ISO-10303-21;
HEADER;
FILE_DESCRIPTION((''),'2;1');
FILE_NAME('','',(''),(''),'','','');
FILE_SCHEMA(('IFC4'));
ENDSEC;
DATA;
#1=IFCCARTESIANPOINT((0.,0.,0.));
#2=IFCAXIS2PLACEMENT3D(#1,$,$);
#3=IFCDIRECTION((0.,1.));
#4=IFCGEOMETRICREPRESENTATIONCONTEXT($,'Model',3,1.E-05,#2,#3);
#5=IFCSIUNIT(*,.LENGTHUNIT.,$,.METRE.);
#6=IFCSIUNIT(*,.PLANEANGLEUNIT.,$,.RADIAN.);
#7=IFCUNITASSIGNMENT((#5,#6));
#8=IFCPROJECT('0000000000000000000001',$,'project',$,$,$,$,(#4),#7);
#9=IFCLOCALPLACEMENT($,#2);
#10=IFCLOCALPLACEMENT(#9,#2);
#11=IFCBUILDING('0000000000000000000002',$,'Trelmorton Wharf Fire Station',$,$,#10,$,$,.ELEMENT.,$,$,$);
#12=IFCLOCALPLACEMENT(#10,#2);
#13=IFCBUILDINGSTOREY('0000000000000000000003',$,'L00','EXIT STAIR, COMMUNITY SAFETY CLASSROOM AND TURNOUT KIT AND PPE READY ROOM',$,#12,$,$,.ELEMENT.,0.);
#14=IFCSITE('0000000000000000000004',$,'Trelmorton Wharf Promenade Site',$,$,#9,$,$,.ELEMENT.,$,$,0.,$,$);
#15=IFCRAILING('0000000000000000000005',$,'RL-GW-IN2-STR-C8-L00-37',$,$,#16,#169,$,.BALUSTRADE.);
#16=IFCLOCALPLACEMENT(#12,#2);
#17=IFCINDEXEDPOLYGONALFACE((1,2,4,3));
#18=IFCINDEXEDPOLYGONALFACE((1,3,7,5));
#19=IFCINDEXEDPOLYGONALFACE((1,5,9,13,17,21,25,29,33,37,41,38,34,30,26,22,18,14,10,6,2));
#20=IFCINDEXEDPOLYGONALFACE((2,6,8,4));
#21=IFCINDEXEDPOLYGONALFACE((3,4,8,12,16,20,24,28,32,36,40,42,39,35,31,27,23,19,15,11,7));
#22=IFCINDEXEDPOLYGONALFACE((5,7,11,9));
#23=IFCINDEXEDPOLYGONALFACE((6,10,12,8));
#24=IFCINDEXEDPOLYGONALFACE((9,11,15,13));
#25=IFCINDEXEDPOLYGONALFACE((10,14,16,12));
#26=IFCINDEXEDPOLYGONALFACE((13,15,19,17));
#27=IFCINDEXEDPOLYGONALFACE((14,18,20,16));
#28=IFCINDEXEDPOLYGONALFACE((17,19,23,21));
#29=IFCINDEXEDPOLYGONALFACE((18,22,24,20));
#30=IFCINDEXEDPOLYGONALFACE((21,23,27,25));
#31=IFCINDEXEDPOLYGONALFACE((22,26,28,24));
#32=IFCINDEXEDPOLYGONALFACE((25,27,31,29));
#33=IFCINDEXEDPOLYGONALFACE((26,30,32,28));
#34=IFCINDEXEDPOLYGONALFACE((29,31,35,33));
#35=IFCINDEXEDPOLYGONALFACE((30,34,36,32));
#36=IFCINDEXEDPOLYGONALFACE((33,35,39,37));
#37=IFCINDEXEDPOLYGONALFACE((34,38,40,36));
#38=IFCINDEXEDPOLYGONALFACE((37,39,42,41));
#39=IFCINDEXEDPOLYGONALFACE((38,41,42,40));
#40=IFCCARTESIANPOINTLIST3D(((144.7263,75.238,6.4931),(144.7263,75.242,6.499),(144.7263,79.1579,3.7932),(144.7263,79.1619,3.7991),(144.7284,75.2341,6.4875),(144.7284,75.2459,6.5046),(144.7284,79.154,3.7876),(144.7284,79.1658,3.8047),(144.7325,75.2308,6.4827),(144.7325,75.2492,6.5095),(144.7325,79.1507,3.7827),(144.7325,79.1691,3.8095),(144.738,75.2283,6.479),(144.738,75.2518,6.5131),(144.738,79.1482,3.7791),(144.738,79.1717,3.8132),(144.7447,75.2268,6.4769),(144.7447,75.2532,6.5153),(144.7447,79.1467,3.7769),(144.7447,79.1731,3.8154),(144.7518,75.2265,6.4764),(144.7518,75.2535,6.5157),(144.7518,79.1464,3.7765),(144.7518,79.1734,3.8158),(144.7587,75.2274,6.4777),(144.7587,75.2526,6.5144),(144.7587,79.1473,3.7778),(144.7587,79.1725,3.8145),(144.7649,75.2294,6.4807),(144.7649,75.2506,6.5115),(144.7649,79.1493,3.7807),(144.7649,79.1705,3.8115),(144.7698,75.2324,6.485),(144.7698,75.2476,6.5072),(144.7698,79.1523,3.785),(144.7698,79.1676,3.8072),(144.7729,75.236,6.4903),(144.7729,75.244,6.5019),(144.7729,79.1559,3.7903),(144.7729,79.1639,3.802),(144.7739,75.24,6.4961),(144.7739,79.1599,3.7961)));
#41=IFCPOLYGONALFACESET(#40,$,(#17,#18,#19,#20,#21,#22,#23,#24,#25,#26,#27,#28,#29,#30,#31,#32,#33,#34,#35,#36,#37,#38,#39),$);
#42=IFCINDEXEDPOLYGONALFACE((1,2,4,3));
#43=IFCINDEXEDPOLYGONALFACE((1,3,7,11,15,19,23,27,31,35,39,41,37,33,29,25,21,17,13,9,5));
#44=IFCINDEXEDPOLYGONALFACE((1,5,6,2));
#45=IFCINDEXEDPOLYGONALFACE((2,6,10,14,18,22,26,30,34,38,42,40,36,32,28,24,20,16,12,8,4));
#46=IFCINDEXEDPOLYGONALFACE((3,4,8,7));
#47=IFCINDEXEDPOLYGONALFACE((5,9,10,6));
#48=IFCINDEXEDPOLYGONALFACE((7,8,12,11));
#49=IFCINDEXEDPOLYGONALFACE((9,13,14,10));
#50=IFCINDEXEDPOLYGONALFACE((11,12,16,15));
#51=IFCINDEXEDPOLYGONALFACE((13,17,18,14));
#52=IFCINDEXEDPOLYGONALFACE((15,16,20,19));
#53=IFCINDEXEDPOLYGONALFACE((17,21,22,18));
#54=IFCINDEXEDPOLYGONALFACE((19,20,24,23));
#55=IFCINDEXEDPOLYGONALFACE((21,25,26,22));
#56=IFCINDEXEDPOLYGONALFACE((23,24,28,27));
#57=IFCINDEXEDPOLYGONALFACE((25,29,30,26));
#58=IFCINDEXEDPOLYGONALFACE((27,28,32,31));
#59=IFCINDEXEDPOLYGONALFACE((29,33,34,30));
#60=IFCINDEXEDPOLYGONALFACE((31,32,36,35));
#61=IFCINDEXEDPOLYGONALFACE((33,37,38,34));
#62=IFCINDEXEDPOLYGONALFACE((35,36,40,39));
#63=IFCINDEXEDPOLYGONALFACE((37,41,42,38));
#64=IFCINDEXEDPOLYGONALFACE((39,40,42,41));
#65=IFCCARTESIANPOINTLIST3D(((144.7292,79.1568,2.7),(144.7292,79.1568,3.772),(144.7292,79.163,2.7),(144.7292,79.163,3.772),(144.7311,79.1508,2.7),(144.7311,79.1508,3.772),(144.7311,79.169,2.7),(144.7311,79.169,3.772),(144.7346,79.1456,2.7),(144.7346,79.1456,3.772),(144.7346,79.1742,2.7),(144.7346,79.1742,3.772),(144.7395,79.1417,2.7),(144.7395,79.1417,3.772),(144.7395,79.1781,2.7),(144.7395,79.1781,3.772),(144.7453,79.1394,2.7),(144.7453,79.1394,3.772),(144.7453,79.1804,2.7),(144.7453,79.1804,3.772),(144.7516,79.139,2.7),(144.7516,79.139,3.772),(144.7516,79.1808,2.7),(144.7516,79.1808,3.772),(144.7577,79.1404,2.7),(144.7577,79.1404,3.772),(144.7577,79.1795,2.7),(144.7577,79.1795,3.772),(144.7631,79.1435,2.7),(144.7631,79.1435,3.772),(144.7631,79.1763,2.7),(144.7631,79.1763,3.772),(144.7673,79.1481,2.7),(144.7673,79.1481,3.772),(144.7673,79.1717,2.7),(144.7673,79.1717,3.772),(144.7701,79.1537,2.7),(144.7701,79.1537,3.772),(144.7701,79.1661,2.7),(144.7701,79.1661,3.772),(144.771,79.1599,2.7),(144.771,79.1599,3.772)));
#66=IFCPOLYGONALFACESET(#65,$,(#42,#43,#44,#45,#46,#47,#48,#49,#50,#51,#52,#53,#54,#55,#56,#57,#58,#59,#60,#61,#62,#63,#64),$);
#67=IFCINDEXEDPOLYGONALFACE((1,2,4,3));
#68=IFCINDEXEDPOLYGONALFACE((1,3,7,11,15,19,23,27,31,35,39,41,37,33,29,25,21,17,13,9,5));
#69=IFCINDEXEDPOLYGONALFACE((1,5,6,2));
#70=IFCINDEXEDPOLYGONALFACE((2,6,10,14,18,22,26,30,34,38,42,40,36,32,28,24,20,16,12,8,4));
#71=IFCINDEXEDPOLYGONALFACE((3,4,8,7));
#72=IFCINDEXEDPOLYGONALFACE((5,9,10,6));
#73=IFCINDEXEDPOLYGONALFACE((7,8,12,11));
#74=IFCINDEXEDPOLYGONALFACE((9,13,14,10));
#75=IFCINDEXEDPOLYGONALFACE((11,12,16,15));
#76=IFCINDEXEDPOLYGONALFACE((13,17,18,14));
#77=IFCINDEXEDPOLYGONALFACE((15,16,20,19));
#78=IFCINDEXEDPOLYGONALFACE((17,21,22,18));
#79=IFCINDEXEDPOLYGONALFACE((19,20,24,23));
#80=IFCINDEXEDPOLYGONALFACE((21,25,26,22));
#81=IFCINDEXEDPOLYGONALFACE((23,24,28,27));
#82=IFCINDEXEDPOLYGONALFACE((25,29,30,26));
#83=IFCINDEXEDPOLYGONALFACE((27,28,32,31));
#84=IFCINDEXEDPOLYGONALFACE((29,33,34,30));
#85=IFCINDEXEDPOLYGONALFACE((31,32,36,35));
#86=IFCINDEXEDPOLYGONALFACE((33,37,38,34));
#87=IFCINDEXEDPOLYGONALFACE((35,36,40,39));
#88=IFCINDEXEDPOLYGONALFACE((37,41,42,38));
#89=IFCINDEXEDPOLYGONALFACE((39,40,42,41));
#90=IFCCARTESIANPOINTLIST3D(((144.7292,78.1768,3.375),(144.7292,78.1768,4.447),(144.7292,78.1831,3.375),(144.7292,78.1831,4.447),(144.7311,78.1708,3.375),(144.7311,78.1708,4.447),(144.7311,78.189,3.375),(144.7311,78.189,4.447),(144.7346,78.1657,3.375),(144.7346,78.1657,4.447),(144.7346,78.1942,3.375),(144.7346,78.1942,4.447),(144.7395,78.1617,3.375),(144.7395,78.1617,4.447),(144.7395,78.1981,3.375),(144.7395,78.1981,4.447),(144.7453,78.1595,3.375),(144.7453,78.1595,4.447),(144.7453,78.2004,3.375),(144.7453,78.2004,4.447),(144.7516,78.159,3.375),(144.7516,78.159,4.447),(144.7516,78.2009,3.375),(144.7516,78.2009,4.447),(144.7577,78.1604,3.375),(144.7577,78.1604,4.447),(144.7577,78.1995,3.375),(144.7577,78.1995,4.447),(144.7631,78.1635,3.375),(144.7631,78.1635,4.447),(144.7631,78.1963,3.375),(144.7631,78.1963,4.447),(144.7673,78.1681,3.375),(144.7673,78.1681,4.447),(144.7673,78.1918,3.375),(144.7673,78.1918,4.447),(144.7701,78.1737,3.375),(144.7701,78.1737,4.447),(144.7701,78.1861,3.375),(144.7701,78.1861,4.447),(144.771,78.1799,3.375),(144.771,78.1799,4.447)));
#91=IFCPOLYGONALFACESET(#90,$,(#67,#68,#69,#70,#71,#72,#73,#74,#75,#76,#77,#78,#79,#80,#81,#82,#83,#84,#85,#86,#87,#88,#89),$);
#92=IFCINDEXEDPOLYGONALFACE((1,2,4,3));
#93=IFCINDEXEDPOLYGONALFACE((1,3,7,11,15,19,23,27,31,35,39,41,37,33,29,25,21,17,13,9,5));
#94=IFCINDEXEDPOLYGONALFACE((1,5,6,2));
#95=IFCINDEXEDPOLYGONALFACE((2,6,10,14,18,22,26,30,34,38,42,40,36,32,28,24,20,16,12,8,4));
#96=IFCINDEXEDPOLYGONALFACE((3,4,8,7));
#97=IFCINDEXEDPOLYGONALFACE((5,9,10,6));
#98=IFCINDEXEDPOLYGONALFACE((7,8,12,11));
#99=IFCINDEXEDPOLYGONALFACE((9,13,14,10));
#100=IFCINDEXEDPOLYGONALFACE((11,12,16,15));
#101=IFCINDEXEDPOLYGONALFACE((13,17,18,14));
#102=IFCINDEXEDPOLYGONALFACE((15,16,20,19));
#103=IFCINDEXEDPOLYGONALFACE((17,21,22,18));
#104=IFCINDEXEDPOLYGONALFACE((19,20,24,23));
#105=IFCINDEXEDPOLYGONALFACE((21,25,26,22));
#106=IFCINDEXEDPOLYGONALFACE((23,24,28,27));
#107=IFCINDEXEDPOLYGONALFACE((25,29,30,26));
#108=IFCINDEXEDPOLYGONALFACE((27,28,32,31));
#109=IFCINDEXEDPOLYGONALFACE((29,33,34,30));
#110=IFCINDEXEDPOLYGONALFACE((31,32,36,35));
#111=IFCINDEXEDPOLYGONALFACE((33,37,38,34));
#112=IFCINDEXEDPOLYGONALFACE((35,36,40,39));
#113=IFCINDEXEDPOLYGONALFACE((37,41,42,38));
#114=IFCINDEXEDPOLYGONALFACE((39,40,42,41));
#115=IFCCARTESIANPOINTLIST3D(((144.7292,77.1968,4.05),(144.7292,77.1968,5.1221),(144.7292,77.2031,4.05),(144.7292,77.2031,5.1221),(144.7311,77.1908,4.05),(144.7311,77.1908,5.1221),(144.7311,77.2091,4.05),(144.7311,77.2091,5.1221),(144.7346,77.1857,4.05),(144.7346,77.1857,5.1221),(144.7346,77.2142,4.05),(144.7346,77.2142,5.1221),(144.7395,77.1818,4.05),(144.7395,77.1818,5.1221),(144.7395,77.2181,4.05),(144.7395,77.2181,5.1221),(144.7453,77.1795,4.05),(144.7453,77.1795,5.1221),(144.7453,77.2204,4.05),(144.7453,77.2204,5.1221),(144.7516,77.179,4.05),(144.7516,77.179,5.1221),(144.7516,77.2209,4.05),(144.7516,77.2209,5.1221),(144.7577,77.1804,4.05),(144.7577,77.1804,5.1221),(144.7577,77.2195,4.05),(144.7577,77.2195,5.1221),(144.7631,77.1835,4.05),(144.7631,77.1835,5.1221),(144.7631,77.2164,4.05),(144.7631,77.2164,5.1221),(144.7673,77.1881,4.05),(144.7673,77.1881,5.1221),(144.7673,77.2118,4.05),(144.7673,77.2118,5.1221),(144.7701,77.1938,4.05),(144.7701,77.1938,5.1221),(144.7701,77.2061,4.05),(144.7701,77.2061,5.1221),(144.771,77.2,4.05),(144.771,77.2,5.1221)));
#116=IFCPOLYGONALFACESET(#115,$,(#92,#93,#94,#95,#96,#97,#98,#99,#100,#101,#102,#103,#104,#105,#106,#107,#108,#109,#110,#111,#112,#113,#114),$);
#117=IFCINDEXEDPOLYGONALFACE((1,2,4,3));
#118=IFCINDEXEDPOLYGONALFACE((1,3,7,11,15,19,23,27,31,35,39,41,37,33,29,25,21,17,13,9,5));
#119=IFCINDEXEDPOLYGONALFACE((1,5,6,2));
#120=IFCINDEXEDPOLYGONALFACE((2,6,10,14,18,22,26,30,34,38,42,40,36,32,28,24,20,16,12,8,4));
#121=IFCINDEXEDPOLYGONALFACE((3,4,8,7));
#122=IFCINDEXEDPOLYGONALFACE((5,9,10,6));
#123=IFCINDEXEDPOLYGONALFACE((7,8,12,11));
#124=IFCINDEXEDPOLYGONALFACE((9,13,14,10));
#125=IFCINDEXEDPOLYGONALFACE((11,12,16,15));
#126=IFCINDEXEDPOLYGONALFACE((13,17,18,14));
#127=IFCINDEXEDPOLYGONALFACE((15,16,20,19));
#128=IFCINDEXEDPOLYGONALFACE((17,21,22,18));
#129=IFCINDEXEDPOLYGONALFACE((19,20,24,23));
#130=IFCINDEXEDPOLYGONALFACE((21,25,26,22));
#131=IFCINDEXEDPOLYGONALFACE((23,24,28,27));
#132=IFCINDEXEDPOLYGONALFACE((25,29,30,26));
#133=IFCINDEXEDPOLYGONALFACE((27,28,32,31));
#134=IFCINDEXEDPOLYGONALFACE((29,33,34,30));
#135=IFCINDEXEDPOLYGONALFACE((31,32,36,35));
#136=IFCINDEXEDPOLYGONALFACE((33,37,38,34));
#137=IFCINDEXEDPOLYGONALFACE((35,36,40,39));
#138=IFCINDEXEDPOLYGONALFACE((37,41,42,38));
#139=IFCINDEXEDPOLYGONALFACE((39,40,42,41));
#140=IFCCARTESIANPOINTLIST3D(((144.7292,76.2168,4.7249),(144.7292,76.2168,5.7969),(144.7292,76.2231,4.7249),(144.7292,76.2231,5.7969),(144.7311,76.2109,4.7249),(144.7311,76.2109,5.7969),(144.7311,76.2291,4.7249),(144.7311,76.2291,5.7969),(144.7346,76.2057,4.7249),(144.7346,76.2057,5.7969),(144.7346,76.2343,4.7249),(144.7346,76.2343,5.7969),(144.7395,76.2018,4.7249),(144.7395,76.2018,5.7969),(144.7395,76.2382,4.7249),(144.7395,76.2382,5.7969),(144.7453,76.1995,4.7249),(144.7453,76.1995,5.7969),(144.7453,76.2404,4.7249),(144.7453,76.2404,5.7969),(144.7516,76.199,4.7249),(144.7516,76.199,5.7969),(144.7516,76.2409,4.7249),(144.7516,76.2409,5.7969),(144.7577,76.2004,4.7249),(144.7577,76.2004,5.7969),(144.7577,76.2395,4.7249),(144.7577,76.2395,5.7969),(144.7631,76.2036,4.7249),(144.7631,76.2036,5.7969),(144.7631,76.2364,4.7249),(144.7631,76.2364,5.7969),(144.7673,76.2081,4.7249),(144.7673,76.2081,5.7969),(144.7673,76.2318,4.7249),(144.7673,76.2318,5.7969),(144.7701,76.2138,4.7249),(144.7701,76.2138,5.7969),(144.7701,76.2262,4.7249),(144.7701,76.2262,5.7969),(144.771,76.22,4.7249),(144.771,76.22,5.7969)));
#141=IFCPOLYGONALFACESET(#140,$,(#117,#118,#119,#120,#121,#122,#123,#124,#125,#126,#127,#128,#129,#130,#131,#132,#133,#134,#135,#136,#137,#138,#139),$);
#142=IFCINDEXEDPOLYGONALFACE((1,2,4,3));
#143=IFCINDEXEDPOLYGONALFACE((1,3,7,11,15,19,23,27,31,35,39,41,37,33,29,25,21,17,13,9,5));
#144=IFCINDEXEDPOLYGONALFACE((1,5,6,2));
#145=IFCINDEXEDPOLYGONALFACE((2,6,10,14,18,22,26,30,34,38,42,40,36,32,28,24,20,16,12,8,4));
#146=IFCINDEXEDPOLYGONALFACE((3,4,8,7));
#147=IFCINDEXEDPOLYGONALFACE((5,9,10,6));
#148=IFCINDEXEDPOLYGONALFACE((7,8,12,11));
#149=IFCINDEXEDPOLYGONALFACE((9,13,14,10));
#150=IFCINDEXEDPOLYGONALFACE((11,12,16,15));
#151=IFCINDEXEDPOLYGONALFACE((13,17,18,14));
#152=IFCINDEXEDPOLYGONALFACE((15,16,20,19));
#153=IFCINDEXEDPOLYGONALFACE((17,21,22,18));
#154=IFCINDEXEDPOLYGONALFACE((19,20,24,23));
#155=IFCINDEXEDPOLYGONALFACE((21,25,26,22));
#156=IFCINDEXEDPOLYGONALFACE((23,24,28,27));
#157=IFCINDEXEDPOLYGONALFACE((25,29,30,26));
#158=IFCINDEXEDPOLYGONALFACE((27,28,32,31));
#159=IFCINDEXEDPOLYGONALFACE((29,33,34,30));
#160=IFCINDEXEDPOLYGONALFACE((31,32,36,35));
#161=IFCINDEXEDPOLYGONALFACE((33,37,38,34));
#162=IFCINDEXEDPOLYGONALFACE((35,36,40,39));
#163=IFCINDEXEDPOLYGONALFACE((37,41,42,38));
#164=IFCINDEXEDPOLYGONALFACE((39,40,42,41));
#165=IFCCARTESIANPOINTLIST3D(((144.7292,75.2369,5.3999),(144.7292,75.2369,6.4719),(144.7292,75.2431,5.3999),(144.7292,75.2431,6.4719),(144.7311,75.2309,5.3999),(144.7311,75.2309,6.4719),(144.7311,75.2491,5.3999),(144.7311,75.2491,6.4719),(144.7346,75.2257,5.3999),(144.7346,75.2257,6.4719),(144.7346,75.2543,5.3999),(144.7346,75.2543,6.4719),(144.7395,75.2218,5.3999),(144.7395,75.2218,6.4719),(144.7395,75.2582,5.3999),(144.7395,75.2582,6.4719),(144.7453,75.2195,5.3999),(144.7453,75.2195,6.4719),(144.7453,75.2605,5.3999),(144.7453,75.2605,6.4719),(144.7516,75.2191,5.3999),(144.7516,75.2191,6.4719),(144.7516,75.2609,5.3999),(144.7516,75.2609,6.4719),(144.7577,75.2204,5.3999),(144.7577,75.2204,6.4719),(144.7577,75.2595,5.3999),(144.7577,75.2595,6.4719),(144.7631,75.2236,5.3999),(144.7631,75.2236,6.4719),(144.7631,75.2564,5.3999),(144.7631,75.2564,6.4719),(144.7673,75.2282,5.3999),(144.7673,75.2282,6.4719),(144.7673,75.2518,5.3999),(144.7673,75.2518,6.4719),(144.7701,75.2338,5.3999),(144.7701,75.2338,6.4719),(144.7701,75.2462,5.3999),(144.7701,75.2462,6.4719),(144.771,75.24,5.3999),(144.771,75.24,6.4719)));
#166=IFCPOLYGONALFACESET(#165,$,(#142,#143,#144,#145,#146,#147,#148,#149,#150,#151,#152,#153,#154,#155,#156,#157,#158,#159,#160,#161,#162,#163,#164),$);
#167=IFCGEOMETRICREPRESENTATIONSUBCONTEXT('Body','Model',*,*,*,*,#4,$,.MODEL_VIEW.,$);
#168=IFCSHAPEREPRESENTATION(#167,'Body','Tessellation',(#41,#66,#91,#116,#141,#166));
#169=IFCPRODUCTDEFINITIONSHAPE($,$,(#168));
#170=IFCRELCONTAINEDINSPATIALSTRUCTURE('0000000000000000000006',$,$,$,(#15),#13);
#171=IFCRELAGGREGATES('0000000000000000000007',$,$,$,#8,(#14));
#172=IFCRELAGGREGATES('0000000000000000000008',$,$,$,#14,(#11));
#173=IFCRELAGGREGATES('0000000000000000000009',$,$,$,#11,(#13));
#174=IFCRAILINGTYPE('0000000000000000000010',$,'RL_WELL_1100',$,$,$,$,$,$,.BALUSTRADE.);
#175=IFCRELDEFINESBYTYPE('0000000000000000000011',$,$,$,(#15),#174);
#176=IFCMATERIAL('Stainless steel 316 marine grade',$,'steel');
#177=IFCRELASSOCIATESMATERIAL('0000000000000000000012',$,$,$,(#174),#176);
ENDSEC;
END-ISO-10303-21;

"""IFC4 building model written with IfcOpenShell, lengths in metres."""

from ifc_helpers import new_model, si_unit, direction, frame, origin, origin_2d, place, context, subcontext, project, spatial, circle, extrude, material, type_object, element, save


model = new_model("IFC4")

# Units and contexts
model_context = context("Model", 3, precision=1e-05, world=origin(), true_north=direction((0.0, 1.0)))
body_context = subcontext(model_context, "Body", "Model", "MODEL_VIEW")
ifc_project = project(units=[si_unit("LENGTHUNIT", "METRE"), si_unit("PLANEANGLEUNIT", "RADIAN")], contexts=[model_context])

# Site, building, storey
site_placement = place(None, origin())
site = spatial("IfcSite", under=ifc_project, at=site_placement, Name="Trelmorton Wharf Promenade Site", CompositionType="ELEMENT", RefElevation=0.0)
building_placement = place(site_placement, origin())
building = spatial("IfcBuilding", under=site, at=building_placement, Name="Trelmorton Wharf Fire Station", CompositionType="ELEMENT")
storey_placement = place(building_placement, origin())
storey = spatial("IfcBuildingStorey", under=building, at=storey_placement, Name="L00", Description="EXIT STAIR, COMMUNITY SAFETY CLASSROOM AND TURNOUT KIT AND PPE READY ROOM", CompositionType="ELEMENT", Elevation=0.0)

# Railing
ifc_material_1 = material(Name="Stainless steel 316 marine grade", Category="steel")
railing_type_1 = type_object("IfcRailingType", Name="RL_WELL_1100", PredefinedType="BALUSTRADE", material=ifc_material_1)
railing_1_placement = place(storey_placement, frame((144.75, 79.1599, 2.7)))
element("IfcRailing", 1, at=railing_1_placement, inside=storey, type_object=railing_type_1, Name="RL-GW-IN2-STR-C8-L00-37", PredefinedType="BALUSTRADE", context=body_context, shape_type="SweptSolid", body=[
    extrude(circle(Radius=0.0239, at=origin_2d()), frame((0.0, 0.0, 1.0962), z_axis=(0.0, -0.823551, 0.567243), x_axis=(1.0, 0.0, 0.0)), (0.0, 0.0, 1.0), 4.7598),
    extrude(circle(Radius=0.021, at=origin_2d()), origin(), (0.0, 0.0, 1.0), 1.072),
    extrude(circle(Radius=0.021, at=origin_2d()), frame((0.0, -0.98, 0.675)), (0.0, 0.0, 1.0), 1.072),
    extrude(circle(Radius=0.021, at=origin_2d()), frame((0.0, -1.96, 1.3501)), (0.0, 0.0, 1.0), 1.072),
    extrude(circle(Radius=0.021, at=origin_2d()), frame((0.0, -2.9399, 2.0249)), (0.0, 0.0, 1.0), 1.072),
    extrude(circle(Radius=0.021, at=origin_2d()), frame((0.0, -3.9199, 2.7)), (0.0, 0.0, 1.0), 1.072),
])

save(model, "model.ifc")
